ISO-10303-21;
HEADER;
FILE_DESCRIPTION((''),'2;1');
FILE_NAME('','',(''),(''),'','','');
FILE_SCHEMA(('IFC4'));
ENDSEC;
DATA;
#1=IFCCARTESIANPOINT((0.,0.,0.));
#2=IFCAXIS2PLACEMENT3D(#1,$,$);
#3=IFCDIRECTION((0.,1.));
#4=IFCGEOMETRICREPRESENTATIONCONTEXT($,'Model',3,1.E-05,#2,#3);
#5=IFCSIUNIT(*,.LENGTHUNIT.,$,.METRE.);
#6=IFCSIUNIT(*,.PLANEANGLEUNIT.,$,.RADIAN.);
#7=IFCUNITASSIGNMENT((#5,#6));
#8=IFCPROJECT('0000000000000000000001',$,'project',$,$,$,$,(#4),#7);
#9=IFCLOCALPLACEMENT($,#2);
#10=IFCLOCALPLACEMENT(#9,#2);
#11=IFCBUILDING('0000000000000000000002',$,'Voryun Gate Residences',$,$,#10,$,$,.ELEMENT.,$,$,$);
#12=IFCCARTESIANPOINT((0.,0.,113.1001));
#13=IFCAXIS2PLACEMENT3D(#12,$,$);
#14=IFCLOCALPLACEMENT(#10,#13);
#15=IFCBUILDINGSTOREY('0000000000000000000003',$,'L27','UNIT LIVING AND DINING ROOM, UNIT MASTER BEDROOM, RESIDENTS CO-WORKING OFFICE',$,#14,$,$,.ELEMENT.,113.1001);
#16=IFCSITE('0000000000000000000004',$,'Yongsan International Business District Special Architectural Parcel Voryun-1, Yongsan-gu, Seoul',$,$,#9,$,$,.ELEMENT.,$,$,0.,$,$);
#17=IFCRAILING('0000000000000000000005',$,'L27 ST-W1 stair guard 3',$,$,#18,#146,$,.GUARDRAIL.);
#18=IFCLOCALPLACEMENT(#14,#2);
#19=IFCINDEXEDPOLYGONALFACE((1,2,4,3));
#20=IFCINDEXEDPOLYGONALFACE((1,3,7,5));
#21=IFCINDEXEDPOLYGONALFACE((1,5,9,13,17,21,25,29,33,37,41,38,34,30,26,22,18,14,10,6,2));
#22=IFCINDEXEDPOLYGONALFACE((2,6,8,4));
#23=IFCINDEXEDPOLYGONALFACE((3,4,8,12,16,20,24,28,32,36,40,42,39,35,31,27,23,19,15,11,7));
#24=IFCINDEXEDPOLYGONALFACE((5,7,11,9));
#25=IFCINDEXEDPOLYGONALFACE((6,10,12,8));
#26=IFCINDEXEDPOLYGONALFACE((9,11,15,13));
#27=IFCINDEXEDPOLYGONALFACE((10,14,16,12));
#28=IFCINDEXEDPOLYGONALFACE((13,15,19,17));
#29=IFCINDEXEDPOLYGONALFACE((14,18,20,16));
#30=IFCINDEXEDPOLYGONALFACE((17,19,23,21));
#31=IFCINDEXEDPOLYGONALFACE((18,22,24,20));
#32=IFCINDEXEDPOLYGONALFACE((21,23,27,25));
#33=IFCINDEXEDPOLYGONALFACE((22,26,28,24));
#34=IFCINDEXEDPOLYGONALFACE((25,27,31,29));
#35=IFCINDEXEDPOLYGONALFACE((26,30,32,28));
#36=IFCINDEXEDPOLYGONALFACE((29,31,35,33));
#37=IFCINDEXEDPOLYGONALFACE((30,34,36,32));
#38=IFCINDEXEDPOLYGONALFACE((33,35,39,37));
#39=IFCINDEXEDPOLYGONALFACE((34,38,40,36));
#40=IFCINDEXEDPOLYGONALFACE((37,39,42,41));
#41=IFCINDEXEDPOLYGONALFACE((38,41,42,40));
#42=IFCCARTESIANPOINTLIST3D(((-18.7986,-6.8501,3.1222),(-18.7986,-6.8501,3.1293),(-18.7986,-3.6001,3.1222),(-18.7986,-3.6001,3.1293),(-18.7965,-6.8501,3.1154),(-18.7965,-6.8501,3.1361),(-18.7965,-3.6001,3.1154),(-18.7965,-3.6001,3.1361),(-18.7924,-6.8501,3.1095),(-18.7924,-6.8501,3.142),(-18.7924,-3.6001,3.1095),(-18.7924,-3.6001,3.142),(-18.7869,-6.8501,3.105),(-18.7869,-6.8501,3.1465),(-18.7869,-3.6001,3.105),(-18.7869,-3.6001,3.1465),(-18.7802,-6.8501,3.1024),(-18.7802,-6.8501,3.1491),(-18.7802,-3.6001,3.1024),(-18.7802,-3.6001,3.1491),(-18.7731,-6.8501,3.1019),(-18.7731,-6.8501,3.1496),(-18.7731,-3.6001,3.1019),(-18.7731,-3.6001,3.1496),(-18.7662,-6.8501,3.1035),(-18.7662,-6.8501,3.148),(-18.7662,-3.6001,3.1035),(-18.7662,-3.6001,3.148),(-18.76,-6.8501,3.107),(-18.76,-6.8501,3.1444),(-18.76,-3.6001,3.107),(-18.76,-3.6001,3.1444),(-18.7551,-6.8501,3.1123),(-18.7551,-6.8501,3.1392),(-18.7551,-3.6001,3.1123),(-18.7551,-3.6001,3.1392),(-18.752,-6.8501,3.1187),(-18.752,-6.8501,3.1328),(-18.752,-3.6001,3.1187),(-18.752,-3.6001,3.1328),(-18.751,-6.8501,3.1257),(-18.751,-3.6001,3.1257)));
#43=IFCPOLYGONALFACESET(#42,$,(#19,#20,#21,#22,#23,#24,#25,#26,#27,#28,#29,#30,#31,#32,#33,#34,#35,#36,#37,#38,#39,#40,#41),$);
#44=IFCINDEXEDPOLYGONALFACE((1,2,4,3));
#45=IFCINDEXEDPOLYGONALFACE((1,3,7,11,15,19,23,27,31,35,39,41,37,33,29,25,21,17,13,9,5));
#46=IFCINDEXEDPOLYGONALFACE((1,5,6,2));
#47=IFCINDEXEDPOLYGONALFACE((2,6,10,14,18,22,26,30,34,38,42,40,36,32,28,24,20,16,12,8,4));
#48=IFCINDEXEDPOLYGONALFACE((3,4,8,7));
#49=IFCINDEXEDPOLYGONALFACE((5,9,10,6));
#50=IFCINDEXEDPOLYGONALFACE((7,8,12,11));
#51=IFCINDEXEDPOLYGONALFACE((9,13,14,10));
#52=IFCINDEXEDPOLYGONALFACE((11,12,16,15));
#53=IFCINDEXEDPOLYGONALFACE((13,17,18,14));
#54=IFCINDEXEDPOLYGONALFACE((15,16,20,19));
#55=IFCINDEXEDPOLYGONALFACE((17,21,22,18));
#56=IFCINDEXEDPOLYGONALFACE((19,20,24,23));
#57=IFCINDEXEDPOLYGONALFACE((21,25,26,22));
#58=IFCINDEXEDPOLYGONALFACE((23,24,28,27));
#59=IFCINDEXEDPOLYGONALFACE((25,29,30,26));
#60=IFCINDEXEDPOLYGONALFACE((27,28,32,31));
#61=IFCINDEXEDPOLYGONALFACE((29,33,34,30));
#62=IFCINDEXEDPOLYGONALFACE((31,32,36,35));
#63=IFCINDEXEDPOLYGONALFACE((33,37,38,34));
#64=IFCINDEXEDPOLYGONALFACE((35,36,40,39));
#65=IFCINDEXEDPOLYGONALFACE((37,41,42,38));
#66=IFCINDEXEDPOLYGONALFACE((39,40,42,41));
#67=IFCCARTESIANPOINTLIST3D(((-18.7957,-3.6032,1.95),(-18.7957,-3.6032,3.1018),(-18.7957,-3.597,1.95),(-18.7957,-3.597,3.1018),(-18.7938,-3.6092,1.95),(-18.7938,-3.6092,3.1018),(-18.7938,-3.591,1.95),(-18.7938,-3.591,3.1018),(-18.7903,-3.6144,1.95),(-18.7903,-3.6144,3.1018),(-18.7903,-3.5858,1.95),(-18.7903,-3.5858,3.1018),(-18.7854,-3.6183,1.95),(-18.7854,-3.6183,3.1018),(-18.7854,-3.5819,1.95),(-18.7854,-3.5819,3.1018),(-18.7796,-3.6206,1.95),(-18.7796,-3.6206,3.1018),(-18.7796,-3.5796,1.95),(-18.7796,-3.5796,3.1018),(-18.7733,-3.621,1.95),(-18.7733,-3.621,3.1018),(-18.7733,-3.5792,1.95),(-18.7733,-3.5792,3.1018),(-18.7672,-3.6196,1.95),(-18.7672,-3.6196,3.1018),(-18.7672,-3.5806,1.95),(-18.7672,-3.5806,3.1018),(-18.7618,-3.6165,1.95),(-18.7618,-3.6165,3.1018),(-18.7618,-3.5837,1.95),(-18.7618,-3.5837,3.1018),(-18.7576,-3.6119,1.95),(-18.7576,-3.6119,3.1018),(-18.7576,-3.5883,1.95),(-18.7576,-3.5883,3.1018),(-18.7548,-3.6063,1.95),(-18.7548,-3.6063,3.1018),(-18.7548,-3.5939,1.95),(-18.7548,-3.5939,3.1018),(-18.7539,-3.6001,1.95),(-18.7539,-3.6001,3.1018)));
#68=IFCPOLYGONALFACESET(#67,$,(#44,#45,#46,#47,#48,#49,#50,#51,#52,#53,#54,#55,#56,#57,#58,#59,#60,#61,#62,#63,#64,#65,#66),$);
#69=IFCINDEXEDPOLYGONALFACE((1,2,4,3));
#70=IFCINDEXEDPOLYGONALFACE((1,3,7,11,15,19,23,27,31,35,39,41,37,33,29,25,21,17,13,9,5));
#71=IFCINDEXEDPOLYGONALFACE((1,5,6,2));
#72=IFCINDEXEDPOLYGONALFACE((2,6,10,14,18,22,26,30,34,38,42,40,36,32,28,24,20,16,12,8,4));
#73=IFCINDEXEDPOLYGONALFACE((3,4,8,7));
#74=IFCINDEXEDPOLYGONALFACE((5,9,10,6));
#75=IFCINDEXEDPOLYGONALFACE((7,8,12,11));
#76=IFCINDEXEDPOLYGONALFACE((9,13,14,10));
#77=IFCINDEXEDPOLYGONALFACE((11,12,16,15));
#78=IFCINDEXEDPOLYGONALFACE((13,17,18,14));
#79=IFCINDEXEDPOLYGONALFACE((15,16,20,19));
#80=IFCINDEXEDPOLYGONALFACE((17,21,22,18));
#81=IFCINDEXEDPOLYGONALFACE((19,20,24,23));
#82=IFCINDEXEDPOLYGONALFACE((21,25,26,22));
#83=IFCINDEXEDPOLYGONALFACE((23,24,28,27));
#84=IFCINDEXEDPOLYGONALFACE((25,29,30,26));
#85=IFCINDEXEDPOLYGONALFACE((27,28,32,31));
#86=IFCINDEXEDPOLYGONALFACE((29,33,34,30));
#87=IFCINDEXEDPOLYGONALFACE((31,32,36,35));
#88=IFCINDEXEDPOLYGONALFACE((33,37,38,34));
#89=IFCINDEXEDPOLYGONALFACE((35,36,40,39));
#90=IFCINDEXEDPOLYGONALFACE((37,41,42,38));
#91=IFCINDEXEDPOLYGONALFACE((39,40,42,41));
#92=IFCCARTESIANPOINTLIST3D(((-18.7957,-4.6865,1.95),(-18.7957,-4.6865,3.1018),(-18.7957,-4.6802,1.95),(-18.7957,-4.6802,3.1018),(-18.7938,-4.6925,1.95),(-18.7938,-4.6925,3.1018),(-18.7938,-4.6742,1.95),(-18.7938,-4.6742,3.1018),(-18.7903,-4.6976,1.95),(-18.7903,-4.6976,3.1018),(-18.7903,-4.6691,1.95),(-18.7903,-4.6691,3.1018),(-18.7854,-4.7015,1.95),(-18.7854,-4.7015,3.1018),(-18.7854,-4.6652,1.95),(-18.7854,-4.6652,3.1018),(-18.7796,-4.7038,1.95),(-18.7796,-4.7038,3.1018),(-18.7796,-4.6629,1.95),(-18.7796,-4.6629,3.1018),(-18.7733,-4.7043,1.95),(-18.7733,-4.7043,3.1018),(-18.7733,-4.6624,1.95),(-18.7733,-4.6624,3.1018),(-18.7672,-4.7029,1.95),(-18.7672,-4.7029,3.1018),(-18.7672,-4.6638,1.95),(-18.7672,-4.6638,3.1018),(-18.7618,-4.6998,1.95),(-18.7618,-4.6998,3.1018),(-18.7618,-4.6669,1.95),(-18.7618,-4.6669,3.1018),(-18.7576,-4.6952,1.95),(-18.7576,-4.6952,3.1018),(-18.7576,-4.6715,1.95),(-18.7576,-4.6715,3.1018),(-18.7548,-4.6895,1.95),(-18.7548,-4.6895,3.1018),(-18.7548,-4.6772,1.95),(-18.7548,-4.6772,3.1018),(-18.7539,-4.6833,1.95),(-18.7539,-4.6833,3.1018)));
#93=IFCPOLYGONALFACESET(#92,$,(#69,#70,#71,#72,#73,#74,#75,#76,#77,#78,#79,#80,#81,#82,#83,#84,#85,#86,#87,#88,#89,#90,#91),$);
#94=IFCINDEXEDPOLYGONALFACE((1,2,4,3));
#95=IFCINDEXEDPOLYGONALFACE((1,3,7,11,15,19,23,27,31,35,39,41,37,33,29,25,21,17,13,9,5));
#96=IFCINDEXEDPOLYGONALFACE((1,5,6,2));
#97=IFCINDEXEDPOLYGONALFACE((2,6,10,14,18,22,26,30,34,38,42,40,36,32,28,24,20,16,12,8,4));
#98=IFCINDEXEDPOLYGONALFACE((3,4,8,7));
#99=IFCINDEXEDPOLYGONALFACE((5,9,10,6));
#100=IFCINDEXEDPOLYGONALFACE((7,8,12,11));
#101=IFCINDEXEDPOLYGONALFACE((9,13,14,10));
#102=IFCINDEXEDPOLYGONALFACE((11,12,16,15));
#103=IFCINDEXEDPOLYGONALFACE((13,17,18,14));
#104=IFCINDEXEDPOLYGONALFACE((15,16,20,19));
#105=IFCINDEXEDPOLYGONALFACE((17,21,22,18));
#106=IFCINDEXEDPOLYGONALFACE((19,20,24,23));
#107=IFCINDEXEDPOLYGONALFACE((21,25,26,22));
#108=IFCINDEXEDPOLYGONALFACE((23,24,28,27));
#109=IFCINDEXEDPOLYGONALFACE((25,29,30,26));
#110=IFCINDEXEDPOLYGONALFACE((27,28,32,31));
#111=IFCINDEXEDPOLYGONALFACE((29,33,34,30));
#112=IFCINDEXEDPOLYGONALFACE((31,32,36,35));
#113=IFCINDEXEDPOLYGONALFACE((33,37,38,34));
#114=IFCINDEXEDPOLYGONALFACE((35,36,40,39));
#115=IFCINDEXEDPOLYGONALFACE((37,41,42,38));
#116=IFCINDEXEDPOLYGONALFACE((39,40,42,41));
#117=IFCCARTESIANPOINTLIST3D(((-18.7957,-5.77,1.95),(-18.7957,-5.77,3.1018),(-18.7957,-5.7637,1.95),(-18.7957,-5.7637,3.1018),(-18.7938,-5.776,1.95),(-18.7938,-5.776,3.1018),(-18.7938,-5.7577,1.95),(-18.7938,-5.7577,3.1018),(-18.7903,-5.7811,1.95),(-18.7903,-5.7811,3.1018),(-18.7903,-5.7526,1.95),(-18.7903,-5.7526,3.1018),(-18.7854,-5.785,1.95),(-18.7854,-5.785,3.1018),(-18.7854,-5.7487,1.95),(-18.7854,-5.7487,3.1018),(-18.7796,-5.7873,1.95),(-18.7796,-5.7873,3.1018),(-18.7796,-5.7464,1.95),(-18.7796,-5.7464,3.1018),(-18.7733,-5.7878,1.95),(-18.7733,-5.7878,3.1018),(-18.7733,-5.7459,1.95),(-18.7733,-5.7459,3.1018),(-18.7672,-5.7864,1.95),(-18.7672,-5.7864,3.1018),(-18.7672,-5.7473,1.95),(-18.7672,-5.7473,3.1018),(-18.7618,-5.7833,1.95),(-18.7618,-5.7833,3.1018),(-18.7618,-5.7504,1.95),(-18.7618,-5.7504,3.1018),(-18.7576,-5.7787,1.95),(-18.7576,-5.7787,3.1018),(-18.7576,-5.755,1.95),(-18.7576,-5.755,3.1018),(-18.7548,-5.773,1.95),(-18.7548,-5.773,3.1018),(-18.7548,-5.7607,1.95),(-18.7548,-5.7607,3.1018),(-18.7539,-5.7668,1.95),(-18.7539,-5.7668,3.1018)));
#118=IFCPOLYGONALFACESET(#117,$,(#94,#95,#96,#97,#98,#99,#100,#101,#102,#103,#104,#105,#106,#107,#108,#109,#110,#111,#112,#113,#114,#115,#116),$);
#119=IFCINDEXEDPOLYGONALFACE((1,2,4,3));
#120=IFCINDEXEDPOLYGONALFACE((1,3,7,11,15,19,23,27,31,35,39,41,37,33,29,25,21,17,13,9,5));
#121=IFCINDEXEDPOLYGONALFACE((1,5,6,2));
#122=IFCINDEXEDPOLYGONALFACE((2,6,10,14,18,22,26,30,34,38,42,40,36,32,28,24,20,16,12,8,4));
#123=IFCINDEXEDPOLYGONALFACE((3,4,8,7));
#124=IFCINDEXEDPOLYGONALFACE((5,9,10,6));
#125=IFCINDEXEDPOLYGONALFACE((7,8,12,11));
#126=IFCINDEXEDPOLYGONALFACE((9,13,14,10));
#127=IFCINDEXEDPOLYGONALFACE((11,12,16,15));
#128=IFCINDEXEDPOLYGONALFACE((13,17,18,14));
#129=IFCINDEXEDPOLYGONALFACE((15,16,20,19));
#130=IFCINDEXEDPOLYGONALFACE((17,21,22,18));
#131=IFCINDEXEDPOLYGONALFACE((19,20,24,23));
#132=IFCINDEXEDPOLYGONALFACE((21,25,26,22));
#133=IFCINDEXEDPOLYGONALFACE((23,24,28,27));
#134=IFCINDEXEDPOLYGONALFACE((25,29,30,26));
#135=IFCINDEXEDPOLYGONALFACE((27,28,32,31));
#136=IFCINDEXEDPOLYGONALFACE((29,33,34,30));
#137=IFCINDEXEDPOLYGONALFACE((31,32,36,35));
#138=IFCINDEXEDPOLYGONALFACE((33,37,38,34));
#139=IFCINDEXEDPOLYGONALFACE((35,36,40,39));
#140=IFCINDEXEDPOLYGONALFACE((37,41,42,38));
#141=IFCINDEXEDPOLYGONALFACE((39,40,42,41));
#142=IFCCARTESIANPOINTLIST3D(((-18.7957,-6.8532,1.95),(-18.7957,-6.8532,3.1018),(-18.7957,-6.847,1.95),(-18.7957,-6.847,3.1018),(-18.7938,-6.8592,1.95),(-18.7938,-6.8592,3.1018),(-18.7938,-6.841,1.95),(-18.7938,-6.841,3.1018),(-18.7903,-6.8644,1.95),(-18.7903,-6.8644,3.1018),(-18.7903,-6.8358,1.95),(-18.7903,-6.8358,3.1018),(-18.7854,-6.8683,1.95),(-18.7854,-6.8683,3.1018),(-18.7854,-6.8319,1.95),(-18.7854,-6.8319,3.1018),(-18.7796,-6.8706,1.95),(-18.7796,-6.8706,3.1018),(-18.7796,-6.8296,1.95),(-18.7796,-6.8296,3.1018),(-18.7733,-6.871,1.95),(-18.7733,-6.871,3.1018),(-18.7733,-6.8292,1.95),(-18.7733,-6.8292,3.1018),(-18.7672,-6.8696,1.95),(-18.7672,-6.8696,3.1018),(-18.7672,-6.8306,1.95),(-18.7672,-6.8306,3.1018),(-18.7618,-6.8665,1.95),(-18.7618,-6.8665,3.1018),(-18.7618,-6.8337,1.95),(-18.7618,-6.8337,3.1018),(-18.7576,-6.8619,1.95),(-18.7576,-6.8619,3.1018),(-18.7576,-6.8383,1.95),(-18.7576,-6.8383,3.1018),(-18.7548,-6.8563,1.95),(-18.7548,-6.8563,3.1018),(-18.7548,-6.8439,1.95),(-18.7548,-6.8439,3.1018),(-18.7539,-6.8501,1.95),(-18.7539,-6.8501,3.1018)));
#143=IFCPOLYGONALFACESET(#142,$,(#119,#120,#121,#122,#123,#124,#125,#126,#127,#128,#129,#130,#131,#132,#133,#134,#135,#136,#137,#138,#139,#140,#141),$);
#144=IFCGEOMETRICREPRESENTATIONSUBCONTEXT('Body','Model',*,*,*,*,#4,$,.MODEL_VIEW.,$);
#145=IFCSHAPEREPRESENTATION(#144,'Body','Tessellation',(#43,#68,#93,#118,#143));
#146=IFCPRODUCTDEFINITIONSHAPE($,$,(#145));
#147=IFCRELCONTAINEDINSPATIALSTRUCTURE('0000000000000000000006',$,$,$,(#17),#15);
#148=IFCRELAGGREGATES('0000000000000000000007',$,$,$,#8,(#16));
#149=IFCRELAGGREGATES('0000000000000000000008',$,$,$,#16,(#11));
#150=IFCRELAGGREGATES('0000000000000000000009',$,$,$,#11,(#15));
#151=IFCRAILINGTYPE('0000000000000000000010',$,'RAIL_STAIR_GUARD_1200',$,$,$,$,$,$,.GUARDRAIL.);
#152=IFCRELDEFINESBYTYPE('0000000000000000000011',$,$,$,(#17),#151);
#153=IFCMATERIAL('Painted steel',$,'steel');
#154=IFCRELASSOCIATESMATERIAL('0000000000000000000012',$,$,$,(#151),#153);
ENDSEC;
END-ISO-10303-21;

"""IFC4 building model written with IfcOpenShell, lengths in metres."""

from ifc_helpers import new_model, si_unit, direction, frame, origin, origin_2d, place, context, subcontext, project, spatial, circle, extrude, material, type_object, element, save


model = new_model("IFC4")

# Units and contexts
model_context = context("Model", 3, precision=1e-05, world=origin(), true_north=direction((0.0, 1.0)))
body_context = subcontext(model_context, "Body", "Model", "MODEL_VIEW")
ifc_project = project(units=[si_unit("LENGTHUNIT", "METRE"), si_unit("PLANEANGLEUNIT", "RADIAN")], contexts=[model_context])

# Site, building, storey
site_placement = place(None, origin())
site = spatial("IfcSite", under=ifc_project, at=site_placement, Name="Yongsan International Business District Special Architectural Parcel Voryun-1, Yongsan-gu, Seoul", CompositionType="ELEMENT", RefElevation=0.0)
building_placement = place(site_placement, origin())
building = spatial("IfcBuilding", under=site, at=building_placement, Name="Voryun Gate Residences", CompositionType="ELEMENT")
storey_placement = place(building_placement, frame((0.0, 0.0, 113.1001)))
storey = spatial("IfcBuildingStorey", under=building, at=storey_placement, Name="L27", Description="UNIT LIVING AND DINING ROOM, UNIT MASTER BEDROOM, RESIDENTS CO-WORKING OFFICE", CompositionType="ELEMENT", Elevation=113.1001)

# Railing
ifc_material_1 = material(Name="Painted steel", Category="steel")
railing_type_1 = type_object("IfcRailingType", Name="RAIL_STAIR_GUARD_1200", PredefinedType="GUARDRAIL", material=ifc_material_1)
railing_1_placement = place(storey_placement, frame((-18.7749, -3.6001, 1.95)))
element("IfcRailing", 1, at=railing_1_placement, inside=storey, type_object=railing_type_1, Name="L27 ST-W1 stair guard 3", PredefinedType="GUARDRAIL", context=body_context, shape_type="SweptSolid", body=[
    extrude(circle(Radius=0.0239, at=origin_2d()), frame((0.0, 0.0, 1.1758), z_axis=(0.0, -1.0, 0.0), x_axis=(1.0, 0.0, 0.0)), (0.0, 0.0, 1.0), 3.25),
    extrude(circle(Radius=0.021, at=origin_2d()), origin(), (0.0, 0.0, 1.0), 1.1519),
    extrude(circle(Radius=0.021, at=origin_2d()), frame((0.0, -1.0833, 0.0)), (0.0, 0.0, 1.0), 1.1519),
    extrude(circle(Radius=0.021, at=origin_2d()), frame((0.0, -2.1667, 0.0)), (0.0, 0.0, 1.0), 1.1519),
    extrude(circle(Radius=0.021, at=origin_2d()), frame((0.0, -3.25, 0.0)), (0.0, 0.0, 1.0), 1.1519),
])

save(model, "model.ifc")
